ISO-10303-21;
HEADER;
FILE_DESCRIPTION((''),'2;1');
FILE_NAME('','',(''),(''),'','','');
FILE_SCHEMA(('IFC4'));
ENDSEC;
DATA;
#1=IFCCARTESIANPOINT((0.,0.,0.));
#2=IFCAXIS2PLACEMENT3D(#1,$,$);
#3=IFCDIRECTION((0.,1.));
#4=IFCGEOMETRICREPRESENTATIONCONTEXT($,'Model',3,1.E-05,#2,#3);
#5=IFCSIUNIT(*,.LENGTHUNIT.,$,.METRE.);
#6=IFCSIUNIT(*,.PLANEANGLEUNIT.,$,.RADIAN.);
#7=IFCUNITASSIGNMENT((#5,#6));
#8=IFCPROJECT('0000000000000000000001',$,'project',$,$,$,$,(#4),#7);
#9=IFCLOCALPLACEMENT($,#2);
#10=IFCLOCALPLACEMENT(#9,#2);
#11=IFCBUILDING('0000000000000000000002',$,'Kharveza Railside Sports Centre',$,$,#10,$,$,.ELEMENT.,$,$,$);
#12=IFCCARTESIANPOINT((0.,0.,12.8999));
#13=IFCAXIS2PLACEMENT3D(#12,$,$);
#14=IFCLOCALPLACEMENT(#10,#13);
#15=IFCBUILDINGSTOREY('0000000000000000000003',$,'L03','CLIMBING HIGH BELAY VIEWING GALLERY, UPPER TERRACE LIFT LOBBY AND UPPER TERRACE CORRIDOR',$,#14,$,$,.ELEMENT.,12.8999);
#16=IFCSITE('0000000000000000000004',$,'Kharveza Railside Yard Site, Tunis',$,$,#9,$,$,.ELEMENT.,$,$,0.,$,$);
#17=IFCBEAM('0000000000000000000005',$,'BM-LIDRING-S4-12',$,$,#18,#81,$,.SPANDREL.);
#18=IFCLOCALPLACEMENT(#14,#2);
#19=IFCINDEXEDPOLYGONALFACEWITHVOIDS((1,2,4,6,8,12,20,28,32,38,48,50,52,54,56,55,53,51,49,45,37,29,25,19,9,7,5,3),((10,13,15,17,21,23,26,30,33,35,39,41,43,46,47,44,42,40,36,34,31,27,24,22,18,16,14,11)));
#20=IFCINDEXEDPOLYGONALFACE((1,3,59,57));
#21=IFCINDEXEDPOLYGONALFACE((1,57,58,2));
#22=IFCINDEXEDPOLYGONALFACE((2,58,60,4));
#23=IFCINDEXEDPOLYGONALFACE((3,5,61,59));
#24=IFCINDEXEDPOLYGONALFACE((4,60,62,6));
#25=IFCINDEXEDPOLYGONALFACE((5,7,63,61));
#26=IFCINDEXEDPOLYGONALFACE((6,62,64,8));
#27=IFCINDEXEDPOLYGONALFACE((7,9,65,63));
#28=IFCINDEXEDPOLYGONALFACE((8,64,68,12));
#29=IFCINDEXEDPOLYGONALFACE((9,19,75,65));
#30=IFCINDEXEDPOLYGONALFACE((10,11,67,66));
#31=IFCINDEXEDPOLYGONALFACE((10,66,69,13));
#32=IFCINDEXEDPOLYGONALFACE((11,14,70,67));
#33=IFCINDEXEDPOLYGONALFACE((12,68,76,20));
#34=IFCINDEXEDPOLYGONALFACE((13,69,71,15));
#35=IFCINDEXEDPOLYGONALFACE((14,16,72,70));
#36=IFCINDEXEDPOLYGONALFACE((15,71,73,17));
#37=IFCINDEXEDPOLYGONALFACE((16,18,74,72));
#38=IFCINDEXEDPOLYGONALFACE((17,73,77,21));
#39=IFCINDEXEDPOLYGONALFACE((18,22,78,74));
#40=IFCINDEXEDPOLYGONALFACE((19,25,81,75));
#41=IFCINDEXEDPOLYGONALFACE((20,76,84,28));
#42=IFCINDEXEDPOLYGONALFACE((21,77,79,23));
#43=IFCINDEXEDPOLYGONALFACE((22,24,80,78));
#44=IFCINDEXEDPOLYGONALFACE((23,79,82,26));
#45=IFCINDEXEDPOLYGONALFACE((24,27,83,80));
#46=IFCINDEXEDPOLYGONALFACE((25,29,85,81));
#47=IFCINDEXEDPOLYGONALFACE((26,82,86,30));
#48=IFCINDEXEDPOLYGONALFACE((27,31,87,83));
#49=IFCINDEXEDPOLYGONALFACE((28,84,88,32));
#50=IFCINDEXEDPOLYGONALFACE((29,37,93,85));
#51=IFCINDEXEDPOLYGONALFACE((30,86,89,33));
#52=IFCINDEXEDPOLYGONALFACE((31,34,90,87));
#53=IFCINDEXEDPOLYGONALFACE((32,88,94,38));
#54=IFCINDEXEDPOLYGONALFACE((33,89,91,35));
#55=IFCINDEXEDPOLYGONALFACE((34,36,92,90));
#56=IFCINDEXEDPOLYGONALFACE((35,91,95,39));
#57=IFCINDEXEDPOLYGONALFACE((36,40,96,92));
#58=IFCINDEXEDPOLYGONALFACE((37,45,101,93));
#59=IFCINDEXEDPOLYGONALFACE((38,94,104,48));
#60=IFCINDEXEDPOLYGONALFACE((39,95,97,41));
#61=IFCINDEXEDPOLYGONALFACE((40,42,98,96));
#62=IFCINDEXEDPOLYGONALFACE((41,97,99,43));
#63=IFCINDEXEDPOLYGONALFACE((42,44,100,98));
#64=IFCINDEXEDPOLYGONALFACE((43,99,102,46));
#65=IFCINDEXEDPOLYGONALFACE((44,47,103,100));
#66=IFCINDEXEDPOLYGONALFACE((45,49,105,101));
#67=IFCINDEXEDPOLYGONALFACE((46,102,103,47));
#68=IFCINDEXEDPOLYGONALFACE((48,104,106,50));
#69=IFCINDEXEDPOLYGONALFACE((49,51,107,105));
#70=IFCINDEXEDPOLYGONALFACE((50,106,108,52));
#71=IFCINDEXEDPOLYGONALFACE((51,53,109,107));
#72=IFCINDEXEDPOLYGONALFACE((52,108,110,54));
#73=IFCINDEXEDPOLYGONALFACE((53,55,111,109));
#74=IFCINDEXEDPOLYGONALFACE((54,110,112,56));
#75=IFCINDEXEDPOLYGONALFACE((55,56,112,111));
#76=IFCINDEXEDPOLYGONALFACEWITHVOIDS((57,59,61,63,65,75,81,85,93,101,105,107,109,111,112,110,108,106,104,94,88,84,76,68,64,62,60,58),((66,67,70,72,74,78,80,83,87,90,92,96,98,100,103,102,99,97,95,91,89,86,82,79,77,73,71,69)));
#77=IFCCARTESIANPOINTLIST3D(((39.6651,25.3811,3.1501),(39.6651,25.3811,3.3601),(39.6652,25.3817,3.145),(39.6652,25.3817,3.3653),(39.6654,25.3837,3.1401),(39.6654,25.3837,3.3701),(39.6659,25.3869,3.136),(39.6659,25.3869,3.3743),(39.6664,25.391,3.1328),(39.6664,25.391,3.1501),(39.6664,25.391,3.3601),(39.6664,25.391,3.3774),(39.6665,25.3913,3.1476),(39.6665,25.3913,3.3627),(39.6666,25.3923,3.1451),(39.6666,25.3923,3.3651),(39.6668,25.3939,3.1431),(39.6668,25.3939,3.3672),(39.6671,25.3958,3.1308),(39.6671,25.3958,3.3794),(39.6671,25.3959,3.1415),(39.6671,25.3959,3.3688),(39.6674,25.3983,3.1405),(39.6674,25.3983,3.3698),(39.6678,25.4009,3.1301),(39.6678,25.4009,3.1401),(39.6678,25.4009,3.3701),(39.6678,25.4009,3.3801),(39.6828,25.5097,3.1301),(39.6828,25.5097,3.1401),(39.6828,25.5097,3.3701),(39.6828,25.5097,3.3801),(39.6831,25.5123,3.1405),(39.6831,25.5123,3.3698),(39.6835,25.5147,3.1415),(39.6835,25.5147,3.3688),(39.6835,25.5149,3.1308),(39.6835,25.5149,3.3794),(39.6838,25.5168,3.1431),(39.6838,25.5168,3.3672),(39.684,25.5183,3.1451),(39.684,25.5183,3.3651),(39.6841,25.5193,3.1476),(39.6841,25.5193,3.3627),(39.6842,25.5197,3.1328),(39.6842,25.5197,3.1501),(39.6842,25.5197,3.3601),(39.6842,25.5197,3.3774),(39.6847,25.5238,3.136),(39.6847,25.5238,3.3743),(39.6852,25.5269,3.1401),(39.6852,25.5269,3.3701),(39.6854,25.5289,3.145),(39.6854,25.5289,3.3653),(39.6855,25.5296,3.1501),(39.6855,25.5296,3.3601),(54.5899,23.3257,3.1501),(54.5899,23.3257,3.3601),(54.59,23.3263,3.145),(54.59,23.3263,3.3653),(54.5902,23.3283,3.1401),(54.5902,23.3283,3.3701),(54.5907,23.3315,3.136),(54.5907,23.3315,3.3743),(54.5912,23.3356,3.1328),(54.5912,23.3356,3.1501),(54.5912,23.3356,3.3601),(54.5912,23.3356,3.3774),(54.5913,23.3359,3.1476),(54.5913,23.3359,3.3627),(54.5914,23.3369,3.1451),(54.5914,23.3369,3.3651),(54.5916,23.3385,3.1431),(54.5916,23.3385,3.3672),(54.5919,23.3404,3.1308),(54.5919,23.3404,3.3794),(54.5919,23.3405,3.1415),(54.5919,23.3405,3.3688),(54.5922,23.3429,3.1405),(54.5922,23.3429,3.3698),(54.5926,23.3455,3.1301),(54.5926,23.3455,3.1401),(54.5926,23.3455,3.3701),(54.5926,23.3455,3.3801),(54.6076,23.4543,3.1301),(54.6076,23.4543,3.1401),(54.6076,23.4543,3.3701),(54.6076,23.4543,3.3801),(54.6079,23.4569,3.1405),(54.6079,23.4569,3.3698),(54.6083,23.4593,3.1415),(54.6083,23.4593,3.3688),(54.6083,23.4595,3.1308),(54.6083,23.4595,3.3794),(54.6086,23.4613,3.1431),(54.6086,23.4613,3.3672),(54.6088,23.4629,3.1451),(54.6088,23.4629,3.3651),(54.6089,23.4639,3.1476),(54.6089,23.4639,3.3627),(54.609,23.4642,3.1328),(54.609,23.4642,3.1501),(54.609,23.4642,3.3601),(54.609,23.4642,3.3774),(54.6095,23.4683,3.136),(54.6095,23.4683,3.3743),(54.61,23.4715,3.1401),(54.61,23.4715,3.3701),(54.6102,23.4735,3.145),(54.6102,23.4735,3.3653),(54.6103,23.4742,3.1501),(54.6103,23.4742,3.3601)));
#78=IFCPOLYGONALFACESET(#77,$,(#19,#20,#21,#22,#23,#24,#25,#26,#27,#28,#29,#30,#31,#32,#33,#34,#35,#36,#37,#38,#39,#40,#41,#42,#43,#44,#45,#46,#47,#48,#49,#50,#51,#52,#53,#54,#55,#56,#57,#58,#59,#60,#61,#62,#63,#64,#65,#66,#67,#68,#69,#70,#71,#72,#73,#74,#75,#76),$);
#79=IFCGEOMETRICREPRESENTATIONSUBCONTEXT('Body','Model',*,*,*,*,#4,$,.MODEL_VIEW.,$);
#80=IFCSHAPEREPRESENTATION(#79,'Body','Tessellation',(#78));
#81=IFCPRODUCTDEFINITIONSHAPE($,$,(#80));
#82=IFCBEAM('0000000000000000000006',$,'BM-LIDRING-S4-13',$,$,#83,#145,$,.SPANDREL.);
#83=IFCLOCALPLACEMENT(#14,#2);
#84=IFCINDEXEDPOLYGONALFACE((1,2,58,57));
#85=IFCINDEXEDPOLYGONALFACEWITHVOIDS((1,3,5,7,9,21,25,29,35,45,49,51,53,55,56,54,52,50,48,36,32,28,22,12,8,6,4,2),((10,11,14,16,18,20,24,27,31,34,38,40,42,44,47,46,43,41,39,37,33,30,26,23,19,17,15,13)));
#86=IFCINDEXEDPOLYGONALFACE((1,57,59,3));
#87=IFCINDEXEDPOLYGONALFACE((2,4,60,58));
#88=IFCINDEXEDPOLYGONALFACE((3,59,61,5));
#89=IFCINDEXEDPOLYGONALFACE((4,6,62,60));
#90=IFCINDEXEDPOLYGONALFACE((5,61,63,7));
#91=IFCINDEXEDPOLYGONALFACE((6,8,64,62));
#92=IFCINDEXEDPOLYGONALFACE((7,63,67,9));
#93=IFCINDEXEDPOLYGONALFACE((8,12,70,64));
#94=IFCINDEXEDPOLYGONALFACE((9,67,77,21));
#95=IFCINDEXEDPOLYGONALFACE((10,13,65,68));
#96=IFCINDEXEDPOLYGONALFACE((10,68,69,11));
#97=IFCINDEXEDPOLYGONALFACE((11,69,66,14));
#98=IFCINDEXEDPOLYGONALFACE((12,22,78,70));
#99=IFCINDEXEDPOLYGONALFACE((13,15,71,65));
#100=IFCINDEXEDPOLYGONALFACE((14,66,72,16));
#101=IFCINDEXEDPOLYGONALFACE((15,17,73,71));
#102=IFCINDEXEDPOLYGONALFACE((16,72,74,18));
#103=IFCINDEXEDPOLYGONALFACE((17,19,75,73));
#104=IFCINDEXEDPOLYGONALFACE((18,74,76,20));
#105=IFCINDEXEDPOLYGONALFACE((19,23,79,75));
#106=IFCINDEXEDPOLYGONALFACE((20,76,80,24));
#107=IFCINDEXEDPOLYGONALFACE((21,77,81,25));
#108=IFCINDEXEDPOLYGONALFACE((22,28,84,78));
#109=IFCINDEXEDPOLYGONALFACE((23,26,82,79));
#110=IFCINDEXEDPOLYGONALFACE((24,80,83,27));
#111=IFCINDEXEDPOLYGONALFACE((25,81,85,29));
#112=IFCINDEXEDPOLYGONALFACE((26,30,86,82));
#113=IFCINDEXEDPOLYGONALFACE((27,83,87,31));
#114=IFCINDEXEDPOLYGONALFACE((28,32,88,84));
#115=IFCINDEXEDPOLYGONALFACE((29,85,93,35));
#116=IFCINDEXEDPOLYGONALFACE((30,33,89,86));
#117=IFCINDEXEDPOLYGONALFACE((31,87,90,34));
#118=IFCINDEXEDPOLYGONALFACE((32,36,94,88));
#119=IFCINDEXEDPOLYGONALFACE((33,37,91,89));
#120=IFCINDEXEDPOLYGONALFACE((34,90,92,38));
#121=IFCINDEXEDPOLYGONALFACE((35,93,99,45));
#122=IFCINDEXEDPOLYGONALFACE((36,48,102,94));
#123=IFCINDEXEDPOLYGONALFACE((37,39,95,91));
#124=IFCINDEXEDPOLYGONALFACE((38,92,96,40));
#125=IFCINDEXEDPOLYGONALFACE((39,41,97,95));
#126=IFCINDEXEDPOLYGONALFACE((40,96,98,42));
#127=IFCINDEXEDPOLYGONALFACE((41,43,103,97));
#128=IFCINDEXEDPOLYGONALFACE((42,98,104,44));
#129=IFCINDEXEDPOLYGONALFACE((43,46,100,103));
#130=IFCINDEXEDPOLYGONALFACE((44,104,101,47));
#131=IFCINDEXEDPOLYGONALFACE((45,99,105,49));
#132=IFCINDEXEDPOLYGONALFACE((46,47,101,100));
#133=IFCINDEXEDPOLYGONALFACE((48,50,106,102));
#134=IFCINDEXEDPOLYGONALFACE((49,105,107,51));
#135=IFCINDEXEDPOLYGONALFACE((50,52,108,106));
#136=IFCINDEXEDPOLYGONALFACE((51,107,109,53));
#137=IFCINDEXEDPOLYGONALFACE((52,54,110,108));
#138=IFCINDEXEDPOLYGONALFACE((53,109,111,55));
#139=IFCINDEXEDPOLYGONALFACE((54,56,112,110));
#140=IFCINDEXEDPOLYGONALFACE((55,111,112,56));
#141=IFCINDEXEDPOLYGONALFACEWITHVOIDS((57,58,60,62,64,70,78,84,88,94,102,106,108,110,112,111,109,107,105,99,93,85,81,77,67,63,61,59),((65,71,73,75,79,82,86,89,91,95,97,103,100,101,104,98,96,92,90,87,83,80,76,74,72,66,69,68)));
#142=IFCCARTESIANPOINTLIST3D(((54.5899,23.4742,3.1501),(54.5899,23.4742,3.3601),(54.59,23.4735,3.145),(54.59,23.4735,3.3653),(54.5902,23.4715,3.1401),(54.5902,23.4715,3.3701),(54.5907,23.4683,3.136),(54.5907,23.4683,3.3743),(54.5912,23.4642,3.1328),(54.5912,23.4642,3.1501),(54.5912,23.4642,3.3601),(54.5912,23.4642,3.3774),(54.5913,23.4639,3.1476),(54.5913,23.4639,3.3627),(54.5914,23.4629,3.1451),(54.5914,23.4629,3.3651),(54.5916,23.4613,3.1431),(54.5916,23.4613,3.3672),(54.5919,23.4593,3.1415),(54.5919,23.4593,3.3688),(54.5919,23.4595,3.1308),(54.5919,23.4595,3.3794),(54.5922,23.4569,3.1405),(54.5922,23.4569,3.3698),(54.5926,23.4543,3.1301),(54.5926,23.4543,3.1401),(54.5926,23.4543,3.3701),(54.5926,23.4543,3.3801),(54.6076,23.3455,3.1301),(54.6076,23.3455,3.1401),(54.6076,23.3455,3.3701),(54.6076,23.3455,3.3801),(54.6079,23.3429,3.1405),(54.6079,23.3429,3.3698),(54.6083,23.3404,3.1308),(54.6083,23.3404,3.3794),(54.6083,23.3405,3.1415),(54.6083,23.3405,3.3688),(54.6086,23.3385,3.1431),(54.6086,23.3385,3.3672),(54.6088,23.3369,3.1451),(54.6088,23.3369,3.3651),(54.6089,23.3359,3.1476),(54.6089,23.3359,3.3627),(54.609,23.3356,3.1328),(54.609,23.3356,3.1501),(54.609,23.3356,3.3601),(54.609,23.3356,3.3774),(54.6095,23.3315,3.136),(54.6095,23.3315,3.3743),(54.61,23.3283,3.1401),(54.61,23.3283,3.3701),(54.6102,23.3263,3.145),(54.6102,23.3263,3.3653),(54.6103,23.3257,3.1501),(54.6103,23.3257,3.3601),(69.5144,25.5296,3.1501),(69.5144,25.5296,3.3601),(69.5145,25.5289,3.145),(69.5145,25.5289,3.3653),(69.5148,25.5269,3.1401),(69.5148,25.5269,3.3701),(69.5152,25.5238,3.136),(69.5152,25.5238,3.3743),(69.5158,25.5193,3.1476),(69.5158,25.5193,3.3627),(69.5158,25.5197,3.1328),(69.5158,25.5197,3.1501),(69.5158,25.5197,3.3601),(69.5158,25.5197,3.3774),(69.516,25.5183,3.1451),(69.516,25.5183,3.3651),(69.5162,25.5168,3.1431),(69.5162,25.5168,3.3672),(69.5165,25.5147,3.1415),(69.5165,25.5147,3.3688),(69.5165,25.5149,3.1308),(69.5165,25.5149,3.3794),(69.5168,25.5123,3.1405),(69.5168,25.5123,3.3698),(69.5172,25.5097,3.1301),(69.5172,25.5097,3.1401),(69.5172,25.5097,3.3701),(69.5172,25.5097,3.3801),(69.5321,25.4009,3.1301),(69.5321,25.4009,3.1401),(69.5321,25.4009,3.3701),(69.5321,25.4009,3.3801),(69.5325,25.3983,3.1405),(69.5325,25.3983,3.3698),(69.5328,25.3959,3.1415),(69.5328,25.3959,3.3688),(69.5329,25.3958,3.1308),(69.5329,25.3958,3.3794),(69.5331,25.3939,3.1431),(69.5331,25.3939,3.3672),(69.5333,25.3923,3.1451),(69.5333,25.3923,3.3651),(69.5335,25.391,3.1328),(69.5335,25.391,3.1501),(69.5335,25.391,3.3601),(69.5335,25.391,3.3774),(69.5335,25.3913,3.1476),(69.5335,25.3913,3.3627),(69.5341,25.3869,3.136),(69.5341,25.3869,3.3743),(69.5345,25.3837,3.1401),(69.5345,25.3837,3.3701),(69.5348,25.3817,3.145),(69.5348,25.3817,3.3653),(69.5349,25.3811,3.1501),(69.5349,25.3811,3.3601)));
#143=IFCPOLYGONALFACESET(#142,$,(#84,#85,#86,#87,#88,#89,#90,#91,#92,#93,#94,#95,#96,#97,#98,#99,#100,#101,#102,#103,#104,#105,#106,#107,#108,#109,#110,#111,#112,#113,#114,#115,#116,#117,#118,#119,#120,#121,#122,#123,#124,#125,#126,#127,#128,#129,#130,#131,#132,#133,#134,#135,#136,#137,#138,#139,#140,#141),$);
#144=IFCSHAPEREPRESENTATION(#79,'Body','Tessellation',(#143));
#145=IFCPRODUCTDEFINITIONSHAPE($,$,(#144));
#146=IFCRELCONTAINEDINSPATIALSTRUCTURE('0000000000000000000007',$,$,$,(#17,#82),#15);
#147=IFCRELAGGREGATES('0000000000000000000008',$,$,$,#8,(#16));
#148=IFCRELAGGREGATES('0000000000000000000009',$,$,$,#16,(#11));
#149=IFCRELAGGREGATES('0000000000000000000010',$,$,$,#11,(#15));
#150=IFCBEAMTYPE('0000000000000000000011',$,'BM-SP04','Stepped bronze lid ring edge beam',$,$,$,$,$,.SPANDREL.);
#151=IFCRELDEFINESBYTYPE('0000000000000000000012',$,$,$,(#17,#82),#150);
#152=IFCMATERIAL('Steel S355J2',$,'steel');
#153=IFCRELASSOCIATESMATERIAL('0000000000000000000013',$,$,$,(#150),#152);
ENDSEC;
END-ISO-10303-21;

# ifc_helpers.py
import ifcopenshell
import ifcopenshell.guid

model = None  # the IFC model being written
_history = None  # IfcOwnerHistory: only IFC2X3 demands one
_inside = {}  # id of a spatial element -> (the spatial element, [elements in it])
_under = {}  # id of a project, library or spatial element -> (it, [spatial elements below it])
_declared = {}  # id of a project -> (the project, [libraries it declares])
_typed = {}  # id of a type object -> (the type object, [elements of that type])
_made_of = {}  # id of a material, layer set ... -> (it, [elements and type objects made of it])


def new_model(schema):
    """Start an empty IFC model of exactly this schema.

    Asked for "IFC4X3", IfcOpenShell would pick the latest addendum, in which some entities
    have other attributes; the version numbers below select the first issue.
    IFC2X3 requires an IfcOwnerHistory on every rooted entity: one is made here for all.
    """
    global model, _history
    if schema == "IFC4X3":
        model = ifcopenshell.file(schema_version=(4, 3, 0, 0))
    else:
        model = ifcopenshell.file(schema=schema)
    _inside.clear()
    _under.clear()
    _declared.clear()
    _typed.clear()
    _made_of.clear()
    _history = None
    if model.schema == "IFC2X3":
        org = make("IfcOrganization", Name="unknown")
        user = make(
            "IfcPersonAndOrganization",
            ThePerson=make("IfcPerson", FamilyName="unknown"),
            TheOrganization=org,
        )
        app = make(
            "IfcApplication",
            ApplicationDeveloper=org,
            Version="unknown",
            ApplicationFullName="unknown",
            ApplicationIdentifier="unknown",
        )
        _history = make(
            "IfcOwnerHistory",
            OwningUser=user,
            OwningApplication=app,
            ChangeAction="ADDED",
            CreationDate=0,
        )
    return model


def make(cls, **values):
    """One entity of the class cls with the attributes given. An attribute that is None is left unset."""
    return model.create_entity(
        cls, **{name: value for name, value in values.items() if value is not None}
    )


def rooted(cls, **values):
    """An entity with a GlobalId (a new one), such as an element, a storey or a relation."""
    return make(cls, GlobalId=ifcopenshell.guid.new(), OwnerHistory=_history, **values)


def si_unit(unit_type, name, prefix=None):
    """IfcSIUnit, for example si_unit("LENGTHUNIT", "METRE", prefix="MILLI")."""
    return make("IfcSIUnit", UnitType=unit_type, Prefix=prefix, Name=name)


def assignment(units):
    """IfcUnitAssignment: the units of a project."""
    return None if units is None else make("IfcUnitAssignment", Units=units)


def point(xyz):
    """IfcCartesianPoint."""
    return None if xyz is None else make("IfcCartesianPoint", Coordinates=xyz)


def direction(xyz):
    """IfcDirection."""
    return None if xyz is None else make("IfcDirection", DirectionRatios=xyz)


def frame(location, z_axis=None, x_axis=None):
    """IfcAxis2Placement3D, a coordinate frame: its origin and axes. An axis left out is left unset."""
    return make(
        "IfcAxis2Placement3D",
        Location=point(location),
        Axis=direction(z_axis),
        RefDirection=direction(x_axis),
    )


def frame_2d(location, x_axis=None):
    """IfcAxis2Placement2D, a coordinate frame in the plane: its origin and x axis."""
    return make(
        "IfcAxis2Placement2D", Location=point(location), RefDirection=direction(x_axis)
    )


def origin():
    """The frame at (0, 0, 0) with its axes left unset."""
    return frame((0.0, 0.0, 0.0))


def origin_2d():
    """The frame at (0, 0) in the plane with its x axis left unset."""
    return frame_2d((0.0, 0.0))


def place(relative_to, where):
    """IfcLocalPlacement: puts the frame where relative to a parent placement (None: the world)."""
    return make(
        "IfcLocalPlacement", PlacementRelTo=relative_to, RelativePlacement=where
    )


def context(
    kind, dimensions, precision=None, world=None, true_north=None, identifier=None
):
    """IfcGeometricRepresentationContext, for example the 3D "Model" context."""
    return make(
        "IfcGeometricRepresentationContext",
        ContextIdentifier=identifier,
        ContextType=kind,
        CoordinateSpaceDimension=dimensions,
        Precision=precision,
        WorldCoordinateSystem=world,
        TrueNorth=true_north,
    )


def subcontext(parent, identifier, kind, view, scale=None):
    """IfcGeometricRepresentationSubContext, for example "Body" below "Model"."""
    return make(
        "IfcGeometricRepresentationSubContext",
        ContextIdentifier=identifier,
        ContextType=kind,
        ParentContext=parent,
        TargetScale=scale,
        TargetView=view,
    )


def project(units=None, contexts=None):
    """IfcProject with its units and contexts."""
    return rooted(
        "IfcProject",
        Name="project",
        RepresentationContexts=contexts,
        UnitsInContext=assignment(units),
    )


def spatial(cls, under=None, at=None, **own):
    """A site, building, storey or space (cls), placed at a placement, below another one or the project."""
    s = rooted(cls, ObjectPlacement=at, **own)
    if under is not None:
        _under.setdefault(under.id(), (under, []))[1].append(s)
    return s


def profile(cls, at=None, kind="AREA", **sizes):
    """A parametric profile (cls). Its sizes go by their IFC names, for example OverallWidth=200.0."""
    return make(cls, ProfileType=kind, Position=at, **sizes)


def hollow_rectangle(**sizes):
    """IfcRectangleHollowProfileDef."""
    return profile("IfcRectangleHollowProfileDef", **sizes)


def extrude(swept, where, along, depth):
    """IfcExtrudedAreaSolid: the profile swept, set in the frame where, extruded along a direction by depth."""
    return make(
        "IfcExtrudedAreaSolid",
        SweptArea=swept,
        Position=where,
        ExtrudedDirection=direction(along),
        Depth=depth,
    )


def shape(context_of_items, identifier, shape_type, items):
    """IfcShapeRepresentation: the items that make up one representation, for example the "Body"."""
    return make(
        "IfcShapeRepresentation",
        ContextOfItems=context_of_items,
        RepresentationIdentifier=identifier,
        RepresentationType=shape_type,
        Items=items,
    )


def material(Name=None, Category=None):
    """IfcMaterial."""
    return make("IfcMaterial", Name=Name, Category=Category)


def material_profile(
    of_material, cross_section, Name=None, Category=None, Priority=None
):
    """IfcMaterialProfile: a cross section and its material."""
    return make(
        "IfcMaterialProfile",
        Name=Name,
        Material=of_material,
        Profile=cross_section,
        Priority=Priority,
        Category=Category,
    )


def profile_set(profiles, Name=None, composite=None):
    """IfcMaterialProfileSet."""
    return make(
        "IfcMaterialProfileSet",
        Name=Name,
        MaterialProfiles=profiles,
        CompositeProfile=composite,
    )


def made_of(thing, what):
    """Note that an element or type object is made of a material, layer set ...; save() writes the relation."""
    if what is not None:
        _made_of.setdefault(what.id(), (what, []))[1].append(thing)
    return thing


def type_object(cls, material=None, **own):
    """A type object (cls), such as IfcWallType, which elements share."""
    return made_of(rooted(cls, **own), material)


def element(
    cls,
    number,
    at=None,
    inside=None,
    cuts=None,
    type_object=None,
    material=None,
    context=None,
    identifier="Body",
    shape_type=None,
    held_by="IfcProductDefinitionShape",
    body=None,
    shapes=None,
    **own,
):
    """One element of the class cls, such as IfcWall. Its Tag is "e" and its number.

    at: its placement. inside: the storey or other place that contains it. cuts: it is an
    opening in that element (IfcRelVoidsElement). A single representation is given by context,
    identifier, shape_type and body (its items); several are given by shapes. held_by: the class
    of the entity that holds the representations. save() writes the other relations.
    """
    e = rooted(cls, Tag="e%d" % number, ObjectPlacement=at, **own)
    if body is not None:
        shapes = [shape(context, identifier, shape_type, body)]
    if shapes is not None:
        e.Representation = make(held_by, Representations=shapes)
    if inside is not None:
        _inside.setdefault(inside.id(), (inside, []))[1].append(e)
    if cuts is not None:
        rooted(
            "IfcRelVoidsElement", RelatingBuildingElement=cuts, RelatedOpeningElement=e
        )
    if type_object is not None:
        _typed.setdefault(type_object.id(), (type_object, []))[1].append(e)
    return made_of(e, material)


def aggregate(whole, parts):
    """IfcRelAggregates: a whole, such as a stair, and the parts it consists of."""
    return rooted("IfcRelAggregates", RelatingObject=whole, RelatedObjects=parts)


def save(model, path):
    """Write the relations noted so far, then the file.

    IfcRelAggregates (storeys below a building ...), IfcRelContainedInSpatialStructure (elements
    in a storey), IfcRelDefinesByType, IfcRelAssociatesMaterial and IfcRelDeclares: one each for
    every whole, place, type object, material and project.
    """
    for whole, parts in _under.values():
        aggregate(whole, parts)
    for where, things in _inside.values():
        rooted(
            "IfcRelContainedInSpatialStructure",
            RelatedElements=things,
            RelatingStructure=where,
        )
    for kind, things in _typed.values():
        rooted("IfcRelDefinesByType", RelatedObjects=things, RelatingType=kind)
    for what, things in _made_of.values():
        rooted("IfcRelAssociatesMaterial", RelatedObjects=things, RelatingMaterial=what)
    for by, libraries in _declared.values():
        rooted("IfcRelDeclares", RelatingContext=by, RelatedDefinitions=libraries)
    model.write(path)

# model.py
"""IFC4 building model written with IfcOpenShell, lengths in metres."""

from ifc_helpers import new_model, si_unit, direction, frame, origin, origin_2d, place, context, subcontext, project, spatial, hollow_rectangle, extrude, material, material_profile, profile_set, type_object, element, save


model = new_model("IFC4")

# Units and contexts
model_context = context("Model", 3, precision=1e-05, world=origin(), true_north=direction((0.0, 1.0)))
body_context = subcontext(model_context, "Body", "Model", "MODEL_VIEW")
ifc_project = project(units=[si_unit("LENGTHUNIT", "METRE"), si_unit("PLANEANGLEUNIT", "RADIAN")], contexts=[model_context])

# Site, building, storey
site_placement = place(None, origin())
site = spatial("IfcSite", under=ifc_project, at=site_placement, Name="Kharveza Railside Yard Site, Tunis", CompositionType="ELEMENT", RefElevation=0.0)
building_placement = place(site_placement, origin())
building = spatial("IfcBuilding", under=site, at=building_placement, Name="Kharveza Railside Sports Centre", CompositionType="ELEMENT")
storey_placement = place(building_placement, frame((0.0, 0.0, 12.8999)))
storey = spatial("IfcBuildingStorey", under=building, at=storey_placement, Name="L03", Description="CLIMBING HIGH BELAY VIEWING GALLERY, UPPER TERRACE LIFT LOBBY AND UPPER TERRACE CORRIDOR", CompositionType="ELEMENT", Elevation=12.8999)

# Beams
ifc_material_1 = material(Name="Steel S355J2", Category="steel")
ifc_material_profile_1 = material_profile(ifc_material_1, hollow_rectangle(XDim=0.1499, YDim=0.25, WallThickness=0.01, InnerFilletRadius=0.01, OuterFilletRadius=0.02, at=origin_2d()), Name="RHS 150x250x10.0")
ifc_profile_set_1 = profile_set([ifc_material_profile_1], Name="Steel S355J2")
beam_type = type_object("IfcBeamType", Name="BM-SP04", Description="Stepped bronze lid ring edge beam", PredefinedType="SPANDREL", material=ifc_profile_set_1)
beam_1_placement = place(storey_placement, frame((39.6753, 25.4553, 3.2551), z_axis=(0.99065, -0.136431, 0.0), x_axis=(0.136431, 0.99065, 0.0)))
element("IfcBeam", 1, at=beam_1_placement, inside=storey, type_object=beam_type, Name="BM-LIDRING-S4-12", PredefinedType="SPANDREL", context=body_context, shape_type="SweptSolid", body=[
    extrude(hollow_rectangle(XDim=0.1499, YDim=0.25, WallThickness=0.01, InnerFilletRadius=0.01, OuterFilletRadius=0.02, at=origin_2d()), origin(), (0.0, 0.0, 1.0), 15.0657),
])
beam_2_placement = place(storey_placement, frame((54.6001, 23.3999, 3.2551), z_axis=(0.990649, 0.136433, 0.0), x_axis=(-0.136433, 0.990649, 0.0)))
element("IfcBeam", 2, at=beam_2_placement, inside=storey, type_object=beam_type, Name="BM-LIDRING-S4-13", PredefinedType="SPANDREL", context=body_context, shape_type="SweptSolid", body=[
    extrude(hollow_rectangle(XDim=0.1499, YDim=0.25, WallThickness=0.01, InnerFilletRadius=0.01, OuterFilletRadius=0.02, at=origin_2d()), origin(), (0.0, 0.0, 1.0), 15.0654),
])

save(model, "model.ifc")
